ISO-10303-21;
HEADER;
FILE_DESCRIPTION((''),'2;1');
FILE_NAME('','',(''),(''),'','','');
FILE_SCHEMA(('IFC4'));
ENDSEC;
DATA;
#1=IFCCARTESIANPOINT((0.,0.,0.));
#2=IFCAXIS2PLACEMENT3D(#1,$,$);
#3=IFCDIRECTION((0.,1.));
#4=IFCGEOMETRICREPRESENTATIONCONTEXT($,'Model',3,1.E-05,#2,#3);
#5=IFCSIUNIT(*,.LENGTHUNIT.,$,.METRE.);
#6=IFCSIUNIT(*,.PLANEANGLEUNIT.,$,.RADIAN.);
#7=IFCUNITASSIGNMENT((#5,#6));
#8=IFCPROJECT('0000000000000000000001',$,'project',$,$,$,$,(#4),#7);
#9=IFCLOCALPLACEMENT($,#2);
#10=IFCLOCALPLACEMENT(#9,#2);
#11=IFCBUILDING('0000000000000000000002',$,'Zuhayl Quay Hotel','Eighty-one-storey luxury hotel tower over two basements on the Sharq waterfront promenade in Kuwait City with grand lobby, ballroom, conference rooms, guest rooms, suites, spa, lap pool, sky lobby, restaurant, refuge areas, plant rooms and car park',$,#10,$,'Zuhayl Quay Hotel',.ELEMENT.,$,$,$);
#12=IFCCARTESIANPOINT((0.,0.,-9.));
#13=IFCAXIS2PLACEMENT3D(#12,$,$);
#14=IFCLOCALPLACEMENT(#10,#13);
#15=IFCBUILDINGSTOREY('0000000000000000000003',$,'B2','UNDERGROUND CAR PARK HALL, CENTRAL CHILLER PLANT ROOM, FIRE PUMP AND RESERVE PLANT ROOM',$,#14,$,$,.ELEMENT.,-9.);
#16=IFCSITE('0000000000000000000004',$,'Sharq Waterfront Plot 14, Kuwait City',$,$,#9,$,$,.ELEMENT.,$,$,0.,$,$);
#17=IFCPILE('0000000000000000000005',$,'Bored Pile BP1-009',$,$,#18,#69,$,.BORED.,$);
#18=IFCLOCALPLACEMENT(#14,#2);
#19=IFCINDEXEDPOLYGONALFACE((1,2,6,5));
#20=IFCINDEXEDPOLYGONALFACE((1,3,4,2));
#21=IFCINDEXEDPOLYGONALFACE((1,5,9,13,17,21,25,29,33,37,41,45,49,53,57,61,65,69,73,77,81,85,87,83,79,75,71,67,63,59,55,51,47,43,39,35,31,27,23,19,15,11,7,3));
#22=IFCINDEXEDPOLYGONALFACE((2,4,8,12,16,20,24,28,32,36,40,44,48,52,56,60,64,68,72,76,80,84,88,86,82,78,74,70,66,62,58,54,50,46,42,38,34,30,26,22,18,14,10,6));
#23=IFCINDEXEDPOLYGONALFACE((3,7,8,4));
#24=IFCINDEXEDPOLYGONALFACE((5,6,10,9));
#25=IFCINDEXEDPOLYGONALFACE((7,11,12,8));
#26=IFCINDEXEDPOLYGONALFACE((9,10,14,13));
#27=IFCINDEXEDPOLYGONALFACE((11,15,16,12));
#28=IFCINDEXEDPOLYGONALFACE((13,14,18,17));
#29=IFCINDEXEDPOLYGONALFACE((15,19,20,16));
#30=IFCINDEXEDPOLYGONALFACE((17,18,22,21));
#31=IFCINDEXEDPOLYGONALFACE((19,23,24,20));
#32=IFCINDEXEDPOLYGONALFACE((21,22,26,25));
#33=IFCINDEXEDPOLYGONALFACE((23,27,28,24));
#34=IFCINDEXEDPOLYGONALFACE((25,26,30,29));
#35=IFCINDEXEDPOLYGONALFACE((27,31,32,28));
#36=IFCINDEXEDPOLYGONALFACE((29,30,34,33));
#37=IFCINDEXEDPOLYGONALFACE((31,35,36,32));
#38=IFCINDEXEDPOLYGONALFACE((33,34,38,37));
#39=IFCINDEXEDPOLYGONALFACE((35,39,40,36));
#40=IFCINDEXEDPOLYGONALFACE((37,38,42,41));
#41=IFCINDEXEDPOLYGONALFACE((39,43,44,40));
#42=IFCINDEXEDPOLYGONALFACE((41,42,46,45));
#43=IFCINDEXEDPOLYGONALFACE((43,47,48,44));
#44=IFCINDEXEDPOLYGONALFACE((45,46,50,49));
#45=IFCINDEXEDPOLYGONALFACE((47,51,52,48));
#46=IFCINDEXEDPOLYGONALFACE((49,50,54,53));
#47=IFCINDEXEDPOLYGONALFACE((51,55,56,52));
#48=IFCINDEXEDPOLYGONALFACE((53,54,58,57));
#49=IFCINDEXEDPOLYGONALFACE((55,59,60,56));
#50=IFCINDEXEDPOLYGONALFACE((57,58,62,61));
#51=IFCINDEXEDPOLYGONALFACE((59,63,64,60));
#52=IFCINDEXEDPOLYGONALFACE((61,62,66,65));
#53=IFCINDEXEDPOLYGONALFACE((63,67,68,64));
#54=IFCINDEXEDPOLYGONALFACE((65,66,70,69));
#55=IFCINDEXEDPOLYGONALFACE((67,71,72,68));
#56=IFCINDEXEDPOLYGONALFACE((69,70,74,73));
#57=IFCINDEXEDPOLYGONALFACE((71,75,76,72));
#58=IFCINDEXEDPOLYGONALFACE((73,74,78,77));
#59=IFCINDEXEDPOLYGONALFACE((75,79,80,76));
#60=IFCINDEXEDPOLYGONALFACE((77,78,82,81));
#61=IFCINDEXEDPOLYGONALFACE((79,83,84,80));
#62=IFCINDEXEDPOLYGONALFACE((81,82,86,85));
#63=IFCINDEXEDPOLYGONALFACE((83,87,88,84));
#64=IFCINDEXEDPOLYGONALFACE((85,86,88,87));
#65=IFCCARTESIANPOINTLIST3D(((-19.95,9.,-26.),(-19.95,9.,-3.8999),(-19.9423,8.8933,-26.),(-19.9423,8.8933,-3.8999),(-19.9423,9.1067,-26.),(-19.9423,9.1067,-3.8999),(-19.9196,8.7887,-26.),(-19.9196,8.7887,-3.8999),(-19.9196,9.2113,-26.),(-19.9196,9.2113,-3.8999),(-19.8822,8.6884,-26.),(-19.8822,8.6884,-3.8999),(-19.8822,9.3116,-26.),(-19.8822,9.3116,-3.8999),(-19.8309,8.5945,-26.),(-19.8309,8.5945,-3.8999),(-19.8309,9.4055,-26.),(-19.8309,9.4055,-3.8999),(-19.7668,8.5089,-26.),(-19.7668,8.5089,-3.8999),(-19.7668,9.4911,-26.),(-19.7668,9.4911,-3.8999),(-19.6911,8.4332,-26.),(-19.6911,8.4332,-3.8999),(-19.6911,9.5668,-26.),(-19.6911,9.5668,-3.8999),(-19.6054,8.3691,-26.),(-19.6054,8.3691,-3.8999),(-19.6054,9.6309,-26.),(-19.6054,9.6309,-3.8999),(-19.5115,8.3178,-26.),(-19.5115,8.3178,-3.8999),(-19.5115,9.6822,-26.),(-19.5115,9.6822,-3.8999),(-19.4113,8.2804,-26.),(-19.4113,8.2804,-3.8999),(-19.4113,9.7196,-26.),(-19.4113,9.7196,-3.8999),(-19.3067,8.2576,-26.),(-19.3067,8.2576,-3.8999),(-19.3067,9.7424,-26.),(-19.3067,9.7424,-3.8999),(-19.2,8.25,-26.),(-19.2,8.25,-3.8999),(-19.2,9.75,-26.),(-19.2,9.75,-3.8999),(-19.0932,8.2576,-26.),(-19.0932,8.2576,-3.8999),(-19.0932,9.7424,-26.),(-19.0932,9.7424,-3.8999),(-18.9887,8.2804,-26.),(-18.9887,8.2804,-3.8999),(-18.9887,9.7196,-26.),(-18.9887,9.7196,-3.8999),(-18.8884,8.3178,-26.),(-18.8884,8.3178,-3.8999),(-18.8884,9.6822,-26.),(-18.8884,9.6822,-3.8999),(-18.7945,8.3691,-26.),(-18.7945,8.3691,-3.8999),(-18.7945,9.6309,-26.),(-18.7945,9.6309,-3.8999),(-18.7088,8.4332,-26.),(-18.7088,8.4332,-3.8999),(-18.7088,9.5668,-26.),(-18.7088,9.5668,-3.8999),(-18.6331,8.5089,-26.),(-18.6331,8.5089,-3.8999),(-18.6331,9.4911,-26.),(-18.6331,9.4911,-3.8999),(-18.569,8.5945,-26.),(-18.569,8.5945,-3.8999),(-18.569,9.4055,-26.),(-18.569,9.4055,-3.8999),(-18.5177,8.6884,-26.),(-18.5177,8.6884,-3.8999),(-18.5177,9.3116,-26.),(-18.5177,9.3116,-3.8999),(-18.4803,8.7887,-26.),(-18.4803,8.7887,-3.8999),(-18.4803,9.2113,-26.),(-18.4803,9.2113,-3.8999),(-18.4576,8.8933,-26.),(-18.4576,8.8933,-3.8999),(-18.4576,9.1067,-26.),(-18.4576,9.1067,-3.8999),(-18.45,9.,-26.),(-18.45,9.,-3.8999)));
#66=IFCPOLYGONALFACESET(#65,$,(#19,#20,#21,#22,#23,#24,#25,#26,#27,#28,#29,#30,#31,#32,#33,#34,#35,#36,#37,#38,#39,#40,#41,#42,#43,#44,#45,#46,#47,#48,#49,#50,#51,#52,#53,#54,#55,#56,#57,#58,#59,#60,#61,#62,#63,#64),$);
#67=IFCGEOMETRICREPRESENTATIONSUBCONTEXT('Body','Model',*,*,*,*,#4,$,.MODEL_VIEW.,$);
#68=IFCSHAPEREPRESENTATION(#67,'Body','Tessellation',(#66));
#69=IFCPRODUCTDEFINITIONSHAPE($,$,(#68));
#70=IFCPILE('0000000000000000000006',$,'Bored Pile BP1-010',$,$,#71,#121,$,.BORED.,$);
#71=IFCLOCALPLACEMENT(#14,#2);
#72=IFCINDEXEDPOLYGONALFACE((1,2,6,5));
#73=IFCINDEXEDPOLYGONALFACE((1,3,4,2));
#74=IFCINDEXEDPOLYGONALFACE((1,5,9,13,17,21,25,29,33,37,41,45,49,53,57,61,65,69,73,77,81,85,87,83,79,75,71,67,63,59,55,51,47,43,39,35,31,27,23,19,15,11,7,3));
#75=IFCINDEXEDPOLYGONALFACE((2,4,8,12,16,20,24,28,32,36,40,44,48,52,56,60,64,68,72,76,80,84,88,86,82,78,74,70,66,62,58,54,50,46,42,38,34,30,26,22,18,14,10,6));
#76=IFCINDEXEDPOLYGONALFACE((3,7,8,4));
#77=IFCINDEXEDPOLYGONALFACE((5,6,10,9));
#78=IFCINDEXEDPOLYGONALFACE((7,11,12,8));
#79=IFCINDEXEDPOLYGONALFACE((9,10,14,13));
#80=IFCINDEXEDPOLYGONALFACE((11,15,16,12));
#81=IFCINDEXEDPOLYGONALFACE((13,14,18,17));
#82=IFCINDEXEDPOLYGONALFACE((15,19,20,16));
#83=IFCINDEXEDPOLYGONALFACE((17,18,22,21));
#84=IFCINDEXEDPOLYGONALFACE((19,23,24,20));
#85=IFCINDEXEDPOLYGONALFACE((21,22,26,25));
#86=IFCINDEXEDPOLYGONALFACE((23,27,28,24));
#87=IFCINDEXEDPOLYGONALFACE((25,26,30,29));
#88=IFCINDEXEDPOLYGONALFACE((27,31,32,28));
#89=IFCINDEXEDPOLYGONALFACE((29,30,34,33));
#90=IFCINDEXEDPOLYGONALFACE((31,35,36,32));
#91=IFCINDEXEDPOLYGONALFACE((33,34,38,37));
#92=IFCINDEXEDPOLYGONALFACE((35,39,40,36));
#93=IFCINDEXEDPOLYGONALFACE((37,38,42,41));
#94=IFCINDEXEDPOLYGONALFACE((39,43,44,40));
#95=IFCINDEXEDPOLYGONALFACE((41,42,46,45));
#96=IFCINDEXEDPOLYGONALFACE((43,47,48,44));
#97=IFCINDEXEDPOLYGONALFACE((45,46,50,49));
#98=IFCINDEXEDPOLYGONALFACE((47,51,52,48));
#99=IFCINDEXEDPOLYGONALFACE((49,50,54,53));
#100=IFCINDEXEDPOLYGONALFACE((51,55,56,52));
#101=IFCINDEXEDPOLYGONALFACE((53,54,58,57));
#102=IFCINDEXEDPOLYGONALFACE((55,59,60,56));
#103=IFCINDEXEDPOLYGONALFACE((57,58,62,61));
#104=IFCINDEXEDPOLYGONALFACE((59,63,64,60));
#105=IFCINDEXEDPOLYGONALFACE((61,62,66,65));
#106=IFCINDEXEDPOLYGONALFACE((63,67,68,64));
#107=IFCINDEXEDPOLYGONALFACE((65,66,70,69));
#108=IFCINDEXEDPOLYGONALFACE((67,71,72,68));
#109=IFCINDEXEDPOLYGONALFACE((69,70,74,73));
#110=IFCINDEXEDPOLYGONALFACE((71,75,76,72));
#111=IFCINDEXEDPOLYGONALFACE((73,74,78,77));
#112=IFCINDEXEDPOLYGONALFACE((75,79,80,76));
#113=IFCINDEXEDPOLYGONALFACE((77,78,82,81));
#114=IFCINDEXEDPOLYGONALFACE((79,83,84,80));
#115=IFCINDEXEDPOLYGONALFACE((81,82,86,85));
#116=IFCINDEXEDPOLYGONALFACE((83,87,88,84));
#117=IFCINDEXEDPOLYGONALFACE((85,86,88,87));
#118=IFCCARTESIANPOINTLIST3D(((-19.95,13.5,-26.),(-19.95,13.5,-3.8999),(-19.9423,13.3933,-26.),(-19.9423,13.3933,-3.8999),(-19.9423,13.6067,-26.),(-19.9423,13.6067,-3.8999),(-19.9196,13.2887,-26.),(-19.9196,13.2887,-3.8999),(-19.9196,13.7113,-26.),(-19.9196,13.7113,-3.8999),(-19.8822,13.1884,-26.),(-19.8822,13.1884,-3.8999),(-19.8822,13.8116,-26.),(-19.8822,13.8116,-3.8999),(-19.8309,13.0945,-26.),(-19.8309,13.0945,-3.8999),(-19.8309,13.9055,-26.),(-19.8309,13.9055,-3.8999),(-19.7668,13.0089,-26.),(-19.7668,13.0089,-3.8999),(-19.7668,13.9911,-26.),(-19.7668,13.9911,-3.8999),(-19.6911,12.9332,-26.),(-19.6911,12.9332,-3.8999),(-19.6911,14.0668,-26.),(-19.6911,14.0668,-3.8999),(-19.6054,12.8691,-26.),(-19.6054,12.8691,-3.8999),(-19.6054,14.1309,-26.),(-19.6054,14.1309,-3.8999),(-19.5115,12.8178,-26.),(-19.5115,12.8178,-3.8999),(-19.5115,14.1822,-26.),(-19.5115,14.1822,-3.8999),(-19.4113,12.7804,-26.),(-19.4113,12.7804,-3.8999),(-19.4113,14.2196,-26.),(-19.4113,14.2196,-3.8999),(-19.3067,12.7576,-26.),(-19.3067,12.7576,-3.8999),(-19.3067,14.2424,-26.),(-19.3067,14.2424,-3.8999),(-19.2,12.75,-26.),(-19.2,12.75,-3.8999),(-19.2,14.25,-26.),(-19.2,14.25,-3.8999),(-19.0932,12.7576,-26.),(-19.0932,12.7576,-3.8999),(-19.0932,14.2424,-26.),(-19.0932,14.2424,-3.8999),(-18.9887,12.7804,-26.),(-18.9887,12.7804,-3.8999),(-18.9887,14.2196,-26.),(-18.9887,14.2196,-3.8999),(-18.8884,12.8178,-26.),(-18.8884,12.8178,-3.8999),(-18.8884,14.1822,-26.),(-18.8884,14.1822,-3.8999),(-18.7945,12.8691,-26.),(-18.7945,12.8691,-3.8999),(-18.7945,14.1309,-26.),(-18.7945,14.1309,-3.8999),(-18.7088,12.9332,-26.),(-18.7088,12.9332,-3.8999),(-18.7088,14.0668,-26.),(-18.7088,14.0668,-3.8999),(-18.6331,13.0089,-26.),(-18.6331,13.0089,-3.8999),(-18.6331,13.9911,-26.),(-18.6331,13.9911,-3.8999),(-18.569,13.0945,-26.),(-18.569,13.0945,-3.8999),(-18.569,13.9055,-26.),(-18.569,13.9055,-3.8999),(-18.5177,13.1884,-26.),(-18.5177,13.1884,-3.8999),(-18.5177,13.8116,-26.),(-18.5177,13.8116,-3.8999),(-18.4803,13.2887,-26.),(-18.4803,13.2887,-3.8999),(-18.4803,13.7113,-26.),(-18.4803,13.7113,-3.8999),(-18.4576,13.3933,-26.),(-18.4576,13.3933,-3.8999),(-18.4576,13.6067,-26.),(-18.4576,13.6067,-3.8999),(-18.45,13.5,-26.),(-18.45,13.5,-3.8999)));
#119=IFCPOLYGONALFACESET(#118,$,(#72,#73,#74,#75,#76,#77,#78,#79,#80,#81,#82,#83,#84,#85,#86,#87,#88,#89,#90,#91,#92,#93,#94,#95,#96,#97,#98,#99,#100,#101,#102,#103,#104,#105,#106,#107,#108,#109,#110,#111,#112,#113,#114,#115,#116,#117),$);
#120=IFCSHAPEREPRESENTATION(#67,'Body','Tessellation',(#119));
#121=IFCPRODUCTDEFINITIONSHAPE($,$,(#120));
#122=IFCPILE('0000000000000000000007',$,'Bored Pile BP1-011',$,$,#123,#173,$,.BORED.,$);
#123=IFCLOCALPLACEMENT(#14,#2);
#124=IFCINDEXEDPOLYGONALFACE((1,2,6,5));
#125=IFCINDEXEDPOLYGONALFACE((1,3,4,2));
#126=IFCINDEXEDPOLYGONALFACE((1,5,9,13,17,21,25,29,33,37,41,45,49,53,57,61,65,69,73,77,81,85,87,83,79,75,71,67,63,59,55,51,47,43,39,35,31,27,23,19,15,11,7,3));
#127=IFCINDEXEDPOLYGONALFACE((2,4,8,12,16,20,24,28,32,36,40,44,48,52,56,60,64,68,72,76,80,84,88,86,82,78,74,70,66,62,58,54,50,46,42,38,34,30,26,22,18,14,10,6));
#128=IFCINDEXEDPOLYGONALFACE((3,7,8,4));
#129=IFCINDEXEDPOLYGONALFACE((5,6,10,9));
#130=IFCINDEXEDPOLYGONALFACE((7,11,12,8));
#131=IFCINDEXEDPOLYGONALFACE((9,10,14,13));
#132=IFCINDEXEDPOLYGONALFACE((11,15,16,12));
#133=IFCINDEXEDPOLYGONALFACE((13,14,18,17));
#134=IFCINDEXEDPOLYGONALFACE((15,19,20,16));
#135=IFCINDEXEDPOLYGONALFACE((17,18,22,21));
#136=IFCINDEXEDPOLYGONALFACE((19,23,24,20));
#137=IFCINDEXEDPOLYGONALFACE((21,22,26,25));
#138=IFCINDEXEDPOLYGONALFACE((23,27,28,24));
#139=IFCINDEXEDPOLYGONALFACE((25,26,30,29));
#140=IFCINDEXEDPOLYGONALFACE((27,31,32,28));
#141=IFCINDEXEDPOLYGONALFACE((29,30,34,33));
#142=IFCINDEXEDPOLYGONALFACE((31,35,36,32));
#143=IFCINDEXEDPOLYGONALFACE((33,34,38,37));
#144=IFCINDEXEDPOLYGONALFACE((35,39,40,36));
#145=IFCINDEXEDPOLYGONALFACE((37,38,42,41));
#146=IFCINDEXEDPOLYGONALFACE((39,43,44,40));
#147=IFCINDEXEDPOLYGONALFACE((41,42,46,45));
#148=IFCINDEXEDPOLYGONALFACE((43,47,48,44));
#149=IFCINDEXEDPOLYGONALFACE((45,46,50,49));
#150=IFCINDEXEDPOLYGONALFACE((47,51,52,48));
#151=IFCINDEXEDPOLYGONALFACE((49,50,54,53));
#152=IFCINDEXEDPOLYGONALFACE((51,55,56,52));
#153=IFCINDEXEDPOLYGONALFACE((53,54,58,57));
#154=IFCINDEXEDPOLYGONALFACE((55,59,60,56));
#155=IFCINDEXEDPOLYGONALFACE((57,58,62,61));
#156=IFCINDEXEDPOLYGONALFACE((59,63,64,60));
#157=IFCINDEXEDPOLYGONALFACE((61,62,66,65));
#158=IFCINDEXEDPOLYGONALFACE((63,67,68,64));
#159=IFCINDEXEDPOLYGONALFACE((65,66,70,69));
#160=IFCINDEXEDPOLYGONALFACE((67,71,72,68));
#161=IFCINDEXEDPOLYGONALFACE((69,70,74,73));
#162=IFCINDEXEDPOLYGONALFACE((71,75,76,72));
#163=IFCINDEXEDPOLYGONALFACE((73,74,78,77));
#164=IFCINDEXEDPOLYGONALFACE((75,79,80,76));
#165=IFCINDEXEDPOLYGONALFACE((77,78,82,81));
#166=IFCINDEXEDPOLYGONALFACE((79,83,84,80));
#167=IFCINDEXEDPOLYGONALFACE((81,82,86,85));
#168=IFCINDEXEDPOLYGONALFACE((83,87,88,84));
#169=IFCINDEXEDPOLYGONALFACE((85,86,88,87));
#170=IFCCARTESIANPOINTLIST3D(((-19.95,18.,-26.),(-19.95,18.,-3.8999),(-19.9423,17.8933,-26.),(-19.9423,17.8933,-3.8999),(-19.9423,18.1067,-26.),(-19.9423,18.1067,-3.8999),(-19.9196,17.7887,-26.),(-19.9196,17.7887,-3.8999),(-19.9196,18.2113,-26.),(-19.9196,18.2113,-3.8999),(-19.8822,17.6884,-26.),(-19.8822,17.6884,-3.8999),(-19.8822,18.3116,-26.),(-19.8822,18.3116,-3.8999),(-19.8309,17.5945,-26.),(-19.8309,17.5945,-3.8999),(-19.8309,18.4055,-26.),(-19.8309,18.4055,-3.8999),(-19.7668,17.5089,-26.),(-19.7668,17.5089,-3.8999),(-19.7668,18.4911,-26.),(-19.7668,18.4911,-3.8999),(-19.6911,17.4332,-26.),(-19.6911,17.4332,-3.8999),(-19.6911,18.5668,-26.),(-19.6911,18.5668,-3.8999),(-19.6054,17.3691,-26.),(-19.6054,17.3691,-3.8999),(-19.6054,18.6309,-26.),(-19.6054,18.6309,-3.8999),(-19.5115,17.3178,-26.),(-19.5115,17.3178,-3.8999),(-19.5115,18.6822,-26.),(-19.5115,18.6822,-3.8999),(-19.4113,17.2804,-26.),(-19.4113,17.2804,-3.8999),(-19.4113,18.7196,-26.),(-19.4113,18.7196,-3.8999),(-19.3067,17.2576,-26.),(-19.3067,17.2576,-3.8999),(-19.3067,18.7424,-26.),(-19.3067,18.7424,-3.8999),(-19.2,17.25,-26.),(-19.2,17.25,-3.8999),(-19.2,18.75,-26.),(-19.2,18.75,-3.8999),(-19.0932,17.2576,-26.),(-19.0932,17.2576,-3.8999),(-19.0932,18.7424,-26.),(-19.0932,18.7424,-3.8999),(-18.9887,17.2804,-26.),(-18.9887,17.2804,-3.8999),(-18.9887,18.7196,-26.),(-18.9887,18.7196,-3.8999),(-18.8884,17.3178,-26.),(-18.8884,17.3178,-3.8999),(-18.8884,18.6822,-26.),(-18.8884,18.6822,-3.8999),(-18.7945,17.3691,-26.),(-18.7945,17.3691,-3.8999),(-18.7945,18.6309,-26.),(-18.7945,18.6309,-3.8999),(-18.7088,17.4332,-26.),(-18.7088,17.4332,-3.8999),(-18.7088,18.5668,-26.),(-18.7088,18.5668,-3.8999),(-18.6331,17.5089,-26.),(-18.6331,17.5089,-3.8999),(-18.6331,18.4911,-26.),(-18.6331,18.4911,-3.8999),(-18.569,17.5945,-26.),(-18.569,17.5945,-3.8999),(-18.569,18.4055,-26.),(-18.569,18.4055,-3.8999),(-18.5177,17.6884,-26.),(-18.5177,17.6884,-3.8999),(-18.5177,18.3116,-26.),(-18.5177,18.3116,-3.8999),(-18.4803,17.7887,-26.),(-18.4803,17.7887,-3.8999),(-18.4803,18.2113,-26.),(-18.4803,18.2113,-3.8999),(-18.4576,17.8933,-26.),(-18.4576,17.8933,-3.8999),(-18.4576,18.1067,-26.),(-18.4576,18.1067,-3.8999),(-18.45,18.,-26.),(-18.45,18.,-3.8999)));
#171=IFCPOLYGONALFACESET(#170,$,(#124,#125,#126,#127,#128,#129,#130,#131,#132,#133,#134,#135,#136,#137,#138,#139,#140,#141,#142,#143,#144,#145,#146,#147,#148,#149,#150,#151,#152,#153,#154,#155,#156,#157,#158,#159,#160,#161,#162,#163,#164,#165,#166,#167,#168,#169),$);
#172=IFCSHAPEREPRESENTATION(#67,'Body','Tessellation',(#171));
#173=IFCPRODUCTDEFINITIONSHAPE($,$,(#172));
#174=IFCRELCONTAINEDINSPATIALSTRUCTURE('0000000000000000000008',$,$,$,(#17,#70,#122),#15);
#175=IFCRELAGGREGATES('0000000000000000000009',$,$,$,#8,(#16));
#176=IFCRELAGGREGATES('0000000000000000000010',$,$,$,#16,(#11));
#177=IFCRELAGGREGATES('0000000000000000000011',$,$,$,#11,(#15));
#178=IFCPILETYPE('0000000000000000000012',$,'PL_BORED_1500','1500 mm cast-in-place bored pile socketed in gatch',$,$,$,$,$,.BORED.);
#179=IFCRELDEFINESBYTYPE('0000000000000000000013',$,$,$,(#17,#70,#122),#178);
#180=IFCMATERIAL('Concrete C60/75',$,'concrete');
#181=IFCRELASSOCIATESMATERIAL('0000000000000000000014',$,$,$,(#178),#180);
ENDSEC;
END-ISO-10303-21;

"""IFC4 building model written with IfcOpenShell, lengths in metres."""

from ifc_helpers import new_model, si_unit, direction, frame, origin, origin_2d, place, context, subcontext, project, spatial, circle, extrude, material, material_profile, profile_set, type_object, element, save


model = new_model("IFC4")

# Units and contexts
model_context = context("Model", 3, precision=1e-05, world=origin(), true_north=direction((0.0, 1.0)))
body_context = subcontext(model_context, "Body", "Model", "MODEL_VIEW")
ifc_project = project(units=[si_unit("LENGTHUNIT", "METRE"), si_unit("PLANEANGLEUNIT", "RADIAN")], contexts=[model_context])

# Site, building, storey
site_placement = place(None, origin())
site = spatial("IfcSite", under=ifc_project, at=site_placement, Name="Sharq Waterfront Plot 14, Kuwait City", CompositionType="ELEMENT", RefElevation=0.0)
building_placement = place(site_placement, origin())
building = spatial("IfcBuilding", under=site, at=building_placement, Name="Zuhayl Quay Hotel", Description="Eighty-one-storey luxury hotel tower over two basements on the Sharq waterfront promenade in Kuwait City with grand lobby, ballroom, conference rooms, guest rooms, suites, spa, lap pool, sky lobby, restaurant, refuge areas, plant rooms and car park", LongName="Zuhayl Quay Hotel", CompositionType="ELEMENT")
storey_placement = place(building_placement, frame((0.0, 0.0, -9.0)))
storey = spatial("IfcBuildingStorey", under=building, at=storey_placement, Name="B2", Description="UNDERGROUND CAR PARK HALL, CENTRAL CHILLER PLANT ROOM, FIRE PUMP AND RESERVE PLANT ROOM", CompositionType="ELEMENT", Elevation=-9.0)

# Piles
ifc_material_1 = material(Name="Concrete C60/75", Category="concrete")
ifc_material_profile_1 = material_profile(ifc_material_1, circle(Radius=0.75, at=origin_2d()), Name="PILE1500")
ifc_profile_set_1 = profile_set([ifc_material_profile_1], Name="Concrete C60/75")
pile_type = type_object("IfcPileType", Name="PL_BORED_1500", Description="1500 mm cast-in-place bored pile socketed in gatch", PredefinedType="BORED", material=ifc_profile_set_1)
for number, where, z_axis, x_axis, name in (
    (1, (-19.2, 9.0, -3.8999), (0.0, 0.0, -1.0), (1.0, 0.0, 0.0), "Bored Pile BP1-009"),
    (2, (-19.2, 13.5, -3.8999), (0.0, 0.0, -1.0), (1.0, 0.0, 0.0), "Bored Pile BP1-010"),
    (3, (-19.2, 18.0, -3.8999), (0.0, 0.0, -1.0), (1.0, 0.0, 0.0), "Bored Pile BP1-011"),
):
    element("IfcPile", number, at=place(storey_placement, frame(where, z_axis=z_axis, x_axis=x_axis)), inside=storey, type_object=pile_type, Name=name, PredefinedType="BORED", context=body_context, shape_type="SweptSolid", body=[
        extrude(circle(Radius=0.75, at=origin_2d()), origin(), (0.0, 0.0, 1.0), 22.1001),
    ])

save(model, "model.ifc")
